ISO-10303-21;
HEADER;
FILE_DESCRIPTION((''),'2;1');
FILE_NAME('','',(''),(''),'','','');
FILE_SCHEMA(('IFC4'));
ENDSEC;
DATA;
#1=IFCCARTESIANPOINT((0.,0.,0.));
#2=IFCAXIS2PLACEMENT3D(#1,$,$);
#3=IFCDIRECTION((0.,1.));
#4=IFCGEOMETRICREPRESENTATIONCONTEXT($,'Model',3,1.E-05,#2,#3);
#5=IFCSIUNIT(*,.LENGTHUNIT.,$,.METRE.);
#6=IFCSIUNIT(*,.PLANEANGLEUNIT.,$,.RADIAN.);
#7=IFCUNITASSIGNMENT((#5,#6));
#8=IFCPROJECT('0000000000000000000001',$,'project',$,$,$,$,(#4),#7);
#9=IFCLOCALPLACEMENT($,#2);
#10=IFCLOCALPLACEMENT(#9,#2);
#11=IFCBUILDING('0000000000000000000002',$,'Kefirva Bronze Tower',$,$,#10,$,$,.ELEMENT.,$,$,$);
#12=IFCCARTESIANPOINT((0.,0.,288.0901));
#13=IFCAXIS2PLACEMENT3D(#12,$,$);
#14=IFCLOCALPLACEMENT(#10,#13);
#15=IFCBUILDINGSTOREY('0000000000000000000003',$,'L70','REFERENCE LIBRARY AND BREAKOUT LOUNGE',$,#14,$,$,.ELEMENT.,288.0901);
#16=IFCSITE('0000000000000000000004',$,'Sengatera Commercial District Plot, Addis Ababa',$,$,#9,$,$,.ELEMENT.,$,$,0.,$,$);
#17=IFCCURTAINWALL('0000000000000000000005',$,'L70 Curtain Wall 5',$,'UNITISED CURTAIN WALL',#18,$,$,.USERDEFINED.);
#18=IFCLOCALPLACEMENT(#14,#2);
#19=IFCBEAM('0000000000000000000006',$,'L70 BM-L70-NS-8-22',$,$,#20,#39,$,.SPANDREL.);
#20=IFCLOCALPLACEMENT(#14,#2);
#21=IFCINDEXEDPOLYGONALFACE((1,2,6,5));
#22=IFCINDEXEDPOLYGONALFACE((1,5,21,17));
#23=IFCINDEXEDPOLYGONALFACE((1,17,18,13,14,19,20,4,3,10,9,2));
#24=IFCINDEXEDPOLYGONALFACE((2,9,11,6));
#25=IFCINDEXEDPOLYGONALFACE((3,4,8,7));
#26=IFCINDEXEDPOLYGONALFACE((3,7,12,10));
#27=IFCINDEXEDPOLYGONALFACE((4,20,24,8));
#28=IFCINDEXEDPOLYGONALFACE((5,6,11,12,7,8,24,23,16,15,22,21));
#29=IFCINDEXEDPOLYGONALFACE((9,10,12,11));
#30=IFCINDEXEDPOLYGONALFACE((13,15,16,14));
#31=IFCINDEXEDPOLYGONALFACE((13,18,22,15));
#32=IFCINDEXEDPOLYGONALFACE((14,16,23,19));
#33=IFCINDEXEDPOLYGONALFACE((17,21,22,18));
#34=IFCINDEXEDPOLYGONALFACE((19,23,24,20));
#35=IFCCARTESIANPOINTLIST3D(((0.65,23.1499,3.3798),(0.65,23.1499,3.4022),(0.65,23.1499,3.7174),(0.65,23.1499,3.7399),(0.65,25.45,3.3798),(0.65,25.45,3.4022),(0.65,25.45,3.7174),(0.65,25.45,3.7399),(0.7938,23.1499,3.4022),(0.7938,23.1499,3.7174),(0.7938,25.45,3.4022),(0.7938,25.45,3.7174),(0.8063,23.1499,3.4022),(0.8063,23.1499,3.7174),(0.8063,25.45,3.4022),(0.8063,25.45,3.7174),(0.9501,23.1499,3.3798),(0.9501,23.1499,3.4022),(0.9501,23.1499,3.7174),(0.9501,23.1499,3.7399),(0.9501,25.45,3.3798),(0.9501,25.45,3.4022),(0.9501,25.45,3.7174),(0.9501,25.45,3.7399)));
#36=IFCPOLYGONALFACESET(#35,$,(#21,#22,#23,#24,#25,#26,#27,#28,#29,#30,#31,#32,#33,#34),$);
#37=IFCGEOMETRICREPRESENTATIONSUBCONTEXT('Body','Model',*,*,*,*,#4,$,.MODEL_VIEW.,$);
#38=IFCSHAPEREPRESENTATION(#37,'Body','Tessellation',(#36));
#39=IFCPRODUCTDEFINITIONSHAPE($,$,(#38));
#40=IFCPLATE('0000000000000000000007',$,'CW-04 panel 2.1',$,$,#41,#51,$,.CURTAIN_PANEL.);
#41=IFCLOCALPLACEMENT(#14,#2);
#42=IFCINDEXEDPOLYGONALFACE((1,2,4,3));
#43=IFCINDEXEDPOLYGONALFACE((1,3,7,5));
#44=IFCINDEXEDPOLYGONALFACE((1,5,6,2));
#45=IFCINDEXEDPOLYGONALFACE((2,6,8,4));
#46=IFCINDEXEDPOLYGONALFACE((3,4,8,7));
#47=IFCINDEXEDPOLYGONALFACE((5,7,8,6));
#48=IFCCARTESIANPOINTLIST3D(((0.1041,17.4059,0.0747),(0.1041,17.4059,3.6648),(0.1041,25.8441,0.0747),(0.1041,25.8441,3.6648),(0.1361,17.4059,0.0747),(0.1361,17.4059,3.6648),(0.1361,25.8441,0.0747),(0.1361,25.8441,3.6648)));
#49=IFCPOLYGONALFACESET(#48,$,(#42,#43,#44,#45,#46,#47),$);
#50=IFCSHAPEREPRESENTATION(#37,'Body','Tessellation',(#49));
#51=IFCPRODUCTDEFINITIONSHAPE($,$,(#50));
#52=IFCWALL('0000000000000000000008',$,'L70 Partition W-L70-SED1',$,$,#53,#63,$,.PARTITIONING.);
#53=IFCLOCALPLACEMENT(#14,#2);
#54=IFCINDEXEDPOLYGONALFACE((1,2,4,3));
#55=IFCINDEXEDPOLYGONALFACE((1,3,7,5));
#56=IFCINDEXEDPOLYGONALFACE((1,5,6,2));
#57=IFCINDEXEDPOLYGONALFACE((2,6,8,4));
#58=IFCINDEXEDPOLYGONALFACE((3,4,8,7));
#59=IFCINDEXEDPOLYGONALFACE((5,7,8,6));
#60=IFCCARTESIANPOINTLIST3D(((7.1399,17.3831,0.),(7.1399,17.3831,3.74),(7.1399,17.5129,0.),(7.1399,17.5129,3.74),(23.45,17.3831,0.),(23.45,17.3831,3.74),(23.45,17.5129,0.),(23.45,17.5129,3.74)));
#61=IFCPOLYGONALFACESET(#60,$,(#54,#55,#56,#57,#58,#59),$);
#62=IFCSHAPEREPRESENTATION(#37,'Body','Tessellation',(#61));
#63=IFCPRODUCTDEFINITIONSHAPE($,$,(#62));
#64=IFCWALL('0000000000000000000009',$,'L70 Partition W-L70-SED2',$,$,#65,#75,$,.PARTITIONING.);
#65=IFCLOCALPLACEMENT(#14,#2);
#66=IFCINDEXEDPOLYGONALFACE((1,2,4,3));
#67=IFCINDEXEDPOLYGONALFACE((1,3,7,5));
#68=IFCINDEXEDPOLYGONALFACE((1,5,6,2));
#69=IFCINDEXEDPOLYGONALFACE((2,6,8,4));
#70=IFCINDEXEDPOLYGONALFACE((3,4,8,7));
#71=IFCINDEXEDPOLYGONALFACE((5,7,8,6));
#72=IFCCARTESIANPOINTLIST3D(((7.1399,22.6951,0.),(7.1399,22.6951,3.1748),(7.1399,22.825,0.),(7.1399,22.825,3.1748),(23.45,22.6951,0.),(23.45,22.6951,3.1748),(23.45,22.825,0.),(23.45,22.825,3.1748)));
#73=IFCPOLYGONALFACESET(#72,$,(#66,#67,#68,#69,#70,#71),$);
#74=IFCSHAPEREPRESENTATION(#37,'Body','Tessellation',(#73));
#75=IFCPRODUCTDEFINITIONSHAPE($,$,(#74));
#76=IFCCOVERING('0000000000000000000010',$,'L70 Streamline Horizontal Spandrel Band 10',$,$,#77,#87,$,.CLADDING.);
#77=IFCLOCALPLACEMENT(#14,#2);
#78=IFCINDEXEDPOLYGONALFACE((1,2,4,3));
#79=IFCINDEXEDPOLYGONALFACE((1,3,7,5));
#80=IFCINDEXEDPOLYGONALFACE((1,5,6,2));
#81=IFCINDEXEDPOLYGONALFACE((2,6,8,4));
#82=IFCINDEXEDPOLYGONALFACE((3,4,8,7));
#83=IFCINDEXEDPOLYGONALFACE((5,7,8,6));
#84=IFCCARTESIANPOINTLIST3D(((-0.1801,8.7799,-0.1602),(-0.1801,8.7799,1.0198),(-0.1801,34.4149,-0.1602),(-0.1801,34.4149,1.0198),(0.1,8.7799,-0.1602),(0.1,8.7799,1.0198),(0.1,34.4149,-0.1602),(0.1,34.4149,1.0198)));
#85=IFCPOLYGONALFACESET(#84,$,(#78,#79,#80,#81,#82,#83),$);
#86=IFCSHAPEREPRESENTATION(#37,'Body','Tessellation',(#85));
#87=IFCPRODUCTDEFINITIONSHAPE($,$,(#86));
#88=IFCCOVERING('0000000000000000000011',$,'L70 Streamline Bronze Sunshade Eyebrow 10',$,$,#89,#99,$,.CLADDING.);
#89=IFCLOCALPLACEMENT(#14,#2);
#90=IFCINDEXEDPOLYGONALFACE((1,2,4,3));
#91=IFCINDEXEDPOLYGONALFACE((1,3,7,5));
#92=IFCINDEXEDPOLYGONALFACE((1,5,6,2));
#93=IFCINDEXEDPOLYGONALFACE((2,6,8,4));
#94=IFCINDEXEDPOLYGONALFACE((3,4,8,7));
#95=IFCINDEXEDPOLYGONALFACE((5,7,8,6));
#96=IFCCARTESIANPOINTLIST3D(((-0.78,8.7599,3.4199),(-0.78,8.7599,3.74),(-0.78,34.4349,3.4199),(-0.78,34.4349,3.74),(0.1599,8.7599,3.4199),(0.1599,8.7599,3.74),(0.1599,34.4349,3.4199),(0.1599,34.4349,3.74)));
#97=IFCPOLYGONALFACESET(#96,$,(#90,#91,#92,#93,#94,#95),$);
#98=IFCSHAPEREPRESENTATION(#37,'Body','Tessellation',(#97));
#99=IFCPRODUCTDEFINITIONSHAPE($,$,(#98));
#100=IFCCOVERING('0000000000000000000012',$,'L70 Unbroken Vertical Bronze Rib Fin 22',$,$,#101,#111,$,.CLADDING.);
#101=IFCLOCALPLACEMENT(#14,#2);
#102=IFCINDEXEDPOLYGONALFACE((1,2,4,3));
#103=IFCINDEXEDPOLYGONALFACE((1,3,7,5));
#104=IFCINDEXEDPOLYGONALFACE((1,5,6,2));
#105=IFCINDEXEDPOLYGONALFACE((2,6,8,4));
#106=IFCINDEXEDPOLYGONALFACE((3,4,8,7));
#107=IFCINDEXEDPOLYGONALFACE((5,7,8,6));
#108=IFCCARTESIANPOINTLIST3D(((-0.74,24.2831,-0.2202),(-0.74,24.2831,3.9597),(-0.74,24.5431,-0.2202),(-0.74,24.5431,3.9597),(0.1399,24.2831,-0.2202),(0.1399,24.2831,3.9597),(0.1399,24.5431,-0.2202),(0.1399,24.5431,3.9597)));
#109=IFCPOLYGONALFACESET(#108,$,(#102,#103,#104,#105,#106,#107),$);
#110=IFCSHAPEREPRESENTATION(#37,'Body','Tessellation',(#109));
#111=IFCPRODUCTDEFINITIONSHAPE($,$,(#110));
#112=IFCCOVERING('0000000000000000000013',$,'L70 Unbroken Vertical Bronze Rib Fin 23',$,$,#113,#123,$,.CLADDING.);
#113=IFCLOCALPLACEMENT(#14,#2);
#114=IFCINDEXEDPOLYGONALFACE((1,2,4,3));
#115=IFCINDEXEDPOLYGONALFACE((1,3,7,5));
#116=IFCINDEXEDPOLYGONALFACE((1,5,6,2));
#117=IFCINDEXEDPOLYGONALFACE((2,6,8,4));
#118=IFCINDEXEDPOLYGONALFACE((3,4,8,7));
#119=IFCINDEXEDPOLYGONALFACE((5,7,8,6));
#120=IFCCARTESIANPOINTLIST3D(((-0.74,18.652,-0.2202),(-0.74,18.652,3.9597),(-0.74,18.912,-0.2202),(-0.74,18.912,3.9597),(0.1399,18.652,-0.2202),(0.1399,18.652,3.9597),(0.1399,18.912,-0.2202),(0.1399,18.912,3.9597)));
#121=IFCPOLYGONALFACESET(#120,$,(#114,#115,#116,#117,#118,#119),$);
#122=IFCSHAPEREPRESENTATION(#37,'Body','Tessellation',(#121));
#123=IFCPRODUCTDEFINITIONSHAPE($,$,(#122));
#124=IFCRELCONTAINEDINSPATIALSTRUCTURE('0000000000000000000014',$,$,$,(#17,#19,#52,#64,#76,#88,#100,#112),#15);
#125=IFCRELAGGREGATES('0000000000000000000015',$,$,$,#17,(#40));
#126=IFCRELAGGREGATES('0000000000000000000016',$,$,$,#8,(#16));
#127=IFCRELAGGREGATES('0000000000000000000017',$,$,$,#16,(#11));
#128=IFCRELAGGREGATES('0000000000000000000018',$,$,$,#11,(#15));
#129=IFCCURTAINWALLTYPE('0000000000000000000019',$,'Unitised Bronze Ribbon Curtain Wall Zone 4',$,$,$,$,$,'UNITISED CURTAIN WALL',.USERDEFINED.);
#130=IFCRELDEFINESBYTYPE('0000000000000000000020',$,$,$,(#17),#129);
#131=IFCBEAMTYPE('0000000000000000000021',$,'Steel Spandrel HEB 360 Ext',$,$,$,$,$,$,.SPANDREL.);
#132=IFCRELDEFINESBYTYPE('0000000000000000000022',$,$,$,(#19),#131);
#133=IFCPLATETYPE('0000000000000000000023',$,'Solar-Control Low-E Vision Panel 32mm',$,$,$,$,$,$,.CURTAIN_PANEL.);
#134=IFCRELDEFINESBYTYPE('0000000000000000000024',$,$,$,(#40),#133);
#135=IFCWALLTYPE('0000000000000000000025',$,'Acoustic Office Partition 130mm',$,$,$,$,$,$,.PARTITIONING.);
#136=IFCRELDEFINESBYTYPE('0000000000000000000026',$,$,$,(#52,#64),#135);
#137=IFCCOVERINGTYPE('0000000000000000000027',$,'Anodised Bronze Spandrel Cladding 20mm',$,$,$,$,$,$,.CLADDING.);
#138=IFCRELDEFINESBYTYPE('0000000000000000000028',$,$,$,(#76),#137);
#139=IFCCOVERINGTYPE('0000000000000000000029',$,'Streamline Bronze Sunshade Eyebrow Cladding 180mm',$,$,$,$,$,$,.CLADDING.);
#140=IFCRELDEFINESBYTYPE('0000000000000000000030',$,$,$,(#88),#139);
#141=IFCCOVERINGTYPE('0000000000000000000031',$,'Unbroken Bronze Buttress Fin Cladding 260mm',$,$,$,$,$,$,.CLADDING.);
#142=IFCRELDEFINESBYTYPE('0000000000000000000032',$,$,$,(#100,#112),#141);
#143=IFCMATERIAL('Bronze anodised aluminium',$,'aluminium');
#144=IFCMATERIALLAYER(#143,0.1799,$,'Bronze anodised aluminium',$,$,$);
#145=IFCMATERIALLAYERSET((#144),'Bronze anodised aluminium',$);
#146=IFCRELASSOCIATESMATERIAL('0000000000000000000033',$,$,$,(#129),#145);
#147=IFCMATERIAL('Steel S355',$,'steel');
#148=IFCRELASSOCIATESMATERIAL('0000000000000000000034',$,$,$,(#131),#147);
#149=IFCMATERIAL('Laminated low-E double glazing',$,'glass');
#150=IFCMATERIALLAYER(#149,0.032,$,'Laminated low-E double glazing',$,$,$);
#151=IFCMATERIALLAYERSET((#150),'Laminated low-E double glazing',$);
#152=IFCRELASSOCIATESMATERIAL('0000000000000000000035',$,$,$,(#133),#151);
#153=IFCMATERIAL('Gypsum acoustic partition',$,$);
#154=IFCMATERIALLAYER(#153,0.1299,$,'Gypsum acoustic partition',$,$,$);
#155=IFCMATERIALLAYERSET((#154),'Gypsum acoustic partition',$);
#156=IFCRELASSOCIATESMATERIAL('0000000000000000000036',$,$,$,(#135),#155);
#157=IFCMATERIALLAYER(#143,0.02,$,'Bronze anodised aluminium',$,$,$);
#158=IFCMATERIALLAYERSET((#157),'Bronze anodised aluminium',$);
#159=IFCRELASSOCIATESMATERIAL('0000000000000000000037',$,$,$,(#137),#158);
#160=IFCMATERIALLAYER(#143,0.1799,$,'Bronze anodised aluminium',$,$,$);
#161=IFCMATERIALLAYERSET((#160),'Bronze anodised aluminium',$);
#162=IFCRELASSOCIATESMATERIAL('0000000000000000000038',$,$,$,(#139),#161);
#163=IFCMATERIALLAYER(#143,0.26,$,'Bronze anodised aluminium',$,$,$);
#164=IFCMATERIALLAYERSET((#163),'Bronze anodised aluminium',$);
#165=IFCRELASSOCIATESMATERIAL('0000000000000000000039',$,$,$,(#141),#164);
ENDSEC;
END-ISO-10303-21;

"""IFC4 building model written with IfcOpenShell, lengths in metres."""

from ifc_helpers import new_model, si_unit, direction, frame, frame_2d, origin, origin_2d, place, context, subcontext, project, spatial, rectangle, i_section, extrude, material, layer, layer_set, material_profile, profile_set, type_object, element, aggregate, save


model = new_model("IFC4")

# Units and contexts
model_context = context("Model", 3, precision=1e-05, world=origin(), true_north=direction((0.0, 1.0)))
body_context = subcontext(model_context, "Body", "Model", "MODEL_VIEW")
ifc_project = project(units=[si_unit("LENGTHUNIT", "METRE"), si_unit("PLANEANGLEUNIT", "RADIAN")], contexts=[model_context])

# Site, building, storey
site_placement = place(None, origin())
site = spatial("IfcSite", under=ifc_project, at=site_placement, Name="Sengatera Commercial District Plot, Addis Ababa", CompositionType="ELEMENT", RefElevation=0.0)
building_placement = place(site_placement, origin())
building = spatial("IfcBuilding", under=site, at=building_placement, Name="Kefirva Bronze Tower", CompositionType="ELEMENT")
storey_placement = place(building_placement, frame((0.0, 0.0, 288.0901)))
storey = spatial("IfcBuildingStorey", under=building, at=storey_placement, Name="L70", Description="REFERENCE LIBRARY AND BREAKOUT LOUNGE", CompositionType="ELEMENT", Elevation=288.0901)

# Curtain wall
ifc_material_1 = material(Name="Bronze anodised aluminium", Category="aluminium")
ifc_layer_1 = layer(ifc_material_1, 0.1799, Name="Bronze anodised aluminium")
ifc_layer_set_1 = layer_set([ifc_layer_1], Name="Bronze anodised aluminium")
curtain_wall_type = type_object("IfcCurtainWallType", Name="Unitised Bronze Ribbon Curtain Wall Zone 4", ElementType="UNITISED CURTAIN WALL", PredefinedType="USERDEFINED", material=ifc_layer_set_1)
curtain_wall_placement = place(storey_placement, origin())
curtain_wall = element("IfcCurtainWall", 1, at=curtain_wall_placement, inside=storey, type_object=curtain_wall_type, Name="L70 Curtain Wall 5", ObjectType="UNITISED CURTAIN WALL", PredefinedType="USERDEFINED")

# Beam
ifc_material_2 = material(Name="Steel S355", Category="steel")
ifc_material_profile_1 = material_profile(ifc_material_2, i_section(OverallWidth=0.3, OverallDepth=0.3601, WebThickness=0.0125, FlangeThickness=0.0225, at=origin_2d()), Name="HEB 360")
ifc_profile_set_1 = profile_set([ifc_material_profile_1], Name="Steel S355")
beam_type_1 = type_object("IfcBeamType", Name="Steel Spandrel HEB 360 Ext", PredefinedType="SPANDREL", material=ifc_profile_set_1)
beam_1_placement = place(storey_placement, frame((0.8, 23.1499, 3.5598), z_axis=(0.0, 1.0, 0.0), x_axis=(-1.0, 0.0, 0.0)))
element("IfcBeam", 2, at=beam_1_placement, inside=storey, type_object=beam_type_1, Name="L70 BM-L70-NS-8-22", PredefinedType="SPANDREL", context=body_context, shape_type="SweptSolid", body=[
    extrude(i_section(OverallWidth=0.3, OverallDepth=0.3601, WebThickness=0.0125, FlangeThickness=0.0225, at=origin_2d()), origin(), (0.0, 0.0, 1.0), 2.3),
])

# Plate
ifc_material_3 = material(Name="Laminated low-E double glazing", Category="glass")
ifc_layer_2 = layer(ifc_material_3, 0.032, Name="Laminated low-E double glazing")
ifc_layer_set_2 = layer_set([ifc_layer_2], Name="Laminated low-E double glazing")
plate_type = type_object("IfcPlateType", Name="Solar-Control Low-E Vision Panel 32mm", PredefinedType="CURTAIN_PANEL", material=ifc_layer_set_2)
plate_placement = place(storey_placement, frame((0.1201, 21.625, 0.0747), z_axis=(0.0, 0.0, 1.0), x_axis=(0.0, -1.0, 0.0)))
plate = element("IfcPlate", 3, at=plate_placement, type_object=plate_type, Name="CW-04 panel 2.1", PredefinedType="CURTAIN_PANEL", context=body_context, shape_type="SweptSolid", body=[
    extrude(rectangle(XDim=8.4382, YDim=0.032, at=origin_2d()), origin(), (0.0, 0.0, 1.0), 3.5901),
])
aggregate(curtain_wall, [plate])

# Walls
ifc_material_4 = material(Name="Gypsum acoustic partition")
ifc_layer_3 = layer(ifc_material_4, 0.1299, Name="Gypsum acoustic partition")
ifc_layer_set_3 = layer_set([ifc_layer_3], Name="Gypsum acoustic partition")
wall_type = type_object("IfcWallType", Name="Acoustic Office Partition 130mm", PredefinedType="PARTITIONING", material=ifc_layer_set_3)
wall_1_placement = place(storey_placement, frame((7.1399, 17.448, 0.0), z_axis=(0.0, 0.0, 1.0), x_axis=(1.0, 0.0, 0.0)))
element("IfcWall", 4, at=wall_1_placement, inside=storey, type_object=wall_type, Name="L70 Partition W-L70-SED1", PredefinedType="PARTITIONING", context=body_context, shape_type="SweptSolid", body=[
    extrude(rectangle(XDim=16.3101, YDim=0.1299, at=frame_2d((8.155, 0.0))), origin(), (0.0, 0.0, 1.0), 3.74),
])
wall_2_placement = place(storey_placement, frame((7.1399, 22.76, 0.0), z_axis=(0.0, 0.0, 1.0), x_axis=(1.0, 0.0, 0.0)))
element("IfcWall", 5, at=wall_2_placement, inside=storey, type_object=wall_type, Name="L70 Partition W-L70-SED2", PredefinedType="PARTITIONING", context=body_context, shape_type="SweptSolid", body=[
    extrude(rectangle(XDim=16.3101, YDim=0.1299, at=frame_2d((8.155, 0.0))), origin(), (0.0, 0.0, 1.0), 3.1748),
])

# Coverings
ifc_layer_4 = layer(ifc_material_1, 0.02, Name="Bronze anodised aluminium")
ifc_layer_set_4 = layer_set([ifc_layer_4], Name="Bronze anodised aluminium")
covering_type_1 = type_object("IfcCoveringType", Name="Anodised Bronze Spandrel Cladding 20mm", PredefinedType="CLADDING", material=ifc_layer_set_4)
covering_1_placement = place(storey_placement, frame((-0.04, 21.5974, -0.1602), z_axis=(0.0, 0.0, 1.0), x_axis=(0.0, -1.0, 0.0)))
element("IfcCovering", 6, at=covering_1_placement, inside=storey, type_object=covering_type_1, Name="L70 Streamline Horizontal Spandrel Band 10", PredefinedType="CLADDING", context=body_context, shape_type="SweptSolid", body=[
    extrude(rectangle(XDim=25.635, YDim=0.28, at=origin_2d()), origin(), (0.0, 0.0, 1.0), 1.1799),
])
ifc_layer_5 = layer(ifc_material_1, 0.1799, Name="Bronze anodised aluminium")
ifc_layer_set_5 = layer_set([ifc_layer_5], Name="Bronze anodised aluminium")
covering_type_2 = type_object("IfcCoveringType", Name="Streamline Bronze Sunshade Eyebrow Cladding 180mm", PredefinedType="CLADDING", material=ifc_layer_set_5)
covering_2_placement = place(storey_placement, frame((-0.3101, 21.5974, 3.4199), z_axis=(0.0, 0.0, 1.0), x_axis=(0.0, -1.0, 0.0)))
element("IfcCovering", 7, at=covering_2_placement, inside=storey, type_object=covering_type_2, Name="L70 Streamline Bronze Sunshade Eyebrow 10", PredefinedType="CLADDING", context=body_context, shape_type="SweptSolid", body=[
    extrude(rectangle(XDim=25.675, YDim=0.9399, at=origin_2d()), origin(), (0.0, 0.0, 1.0), 0.3201),
])
ifc_layer_6 = layer(ifc_material_1, 0.26, Name="Bronze anodised aluminium")
ifc_layer_set_6 = layer_set([ifc_layer_6], Name="Bronze anodised aluminium")
covering_type_3 = type_object("IfcCoveringType", Name="Unbroken Bronze Buttress Fin Cladding 260mm", PredefinedType="CLADDING", material=ifc_layer_set_6)
for number, where, z_axis, x_axis, name in (
    (8, (-0.3, 24.4131, -0.2202), (0.0, 0.0, 1.0), (0.0, -1.0, 0.0), "L70 Unbroken Vertical Bronze Rib Fin 22"),
    (9, (-0.3, 18.782, -0.2202), (0.0, 0.0, 1.0), (0.0, -1.0, 0.0), "L70 Unbroken Vertical Bronze Rib Fin 23"),
):
    element("IfcCovering", number, at=place(storey_placement, frame(where, z_axis=z_axis, x_axis=x_axis)), inside=storey, type_object=covering_type_3, Name=name, PredefinedType="CLADDING", context=body_context, shape_type="SweptSolid", body=[
        extrude(rectangle(XDim=0.26, YDim=0.8799, at=origin_2d()), origin(), (0.0, 0.0, 1.0), 4.1799),
    ])

save(model, "model.ifc")
